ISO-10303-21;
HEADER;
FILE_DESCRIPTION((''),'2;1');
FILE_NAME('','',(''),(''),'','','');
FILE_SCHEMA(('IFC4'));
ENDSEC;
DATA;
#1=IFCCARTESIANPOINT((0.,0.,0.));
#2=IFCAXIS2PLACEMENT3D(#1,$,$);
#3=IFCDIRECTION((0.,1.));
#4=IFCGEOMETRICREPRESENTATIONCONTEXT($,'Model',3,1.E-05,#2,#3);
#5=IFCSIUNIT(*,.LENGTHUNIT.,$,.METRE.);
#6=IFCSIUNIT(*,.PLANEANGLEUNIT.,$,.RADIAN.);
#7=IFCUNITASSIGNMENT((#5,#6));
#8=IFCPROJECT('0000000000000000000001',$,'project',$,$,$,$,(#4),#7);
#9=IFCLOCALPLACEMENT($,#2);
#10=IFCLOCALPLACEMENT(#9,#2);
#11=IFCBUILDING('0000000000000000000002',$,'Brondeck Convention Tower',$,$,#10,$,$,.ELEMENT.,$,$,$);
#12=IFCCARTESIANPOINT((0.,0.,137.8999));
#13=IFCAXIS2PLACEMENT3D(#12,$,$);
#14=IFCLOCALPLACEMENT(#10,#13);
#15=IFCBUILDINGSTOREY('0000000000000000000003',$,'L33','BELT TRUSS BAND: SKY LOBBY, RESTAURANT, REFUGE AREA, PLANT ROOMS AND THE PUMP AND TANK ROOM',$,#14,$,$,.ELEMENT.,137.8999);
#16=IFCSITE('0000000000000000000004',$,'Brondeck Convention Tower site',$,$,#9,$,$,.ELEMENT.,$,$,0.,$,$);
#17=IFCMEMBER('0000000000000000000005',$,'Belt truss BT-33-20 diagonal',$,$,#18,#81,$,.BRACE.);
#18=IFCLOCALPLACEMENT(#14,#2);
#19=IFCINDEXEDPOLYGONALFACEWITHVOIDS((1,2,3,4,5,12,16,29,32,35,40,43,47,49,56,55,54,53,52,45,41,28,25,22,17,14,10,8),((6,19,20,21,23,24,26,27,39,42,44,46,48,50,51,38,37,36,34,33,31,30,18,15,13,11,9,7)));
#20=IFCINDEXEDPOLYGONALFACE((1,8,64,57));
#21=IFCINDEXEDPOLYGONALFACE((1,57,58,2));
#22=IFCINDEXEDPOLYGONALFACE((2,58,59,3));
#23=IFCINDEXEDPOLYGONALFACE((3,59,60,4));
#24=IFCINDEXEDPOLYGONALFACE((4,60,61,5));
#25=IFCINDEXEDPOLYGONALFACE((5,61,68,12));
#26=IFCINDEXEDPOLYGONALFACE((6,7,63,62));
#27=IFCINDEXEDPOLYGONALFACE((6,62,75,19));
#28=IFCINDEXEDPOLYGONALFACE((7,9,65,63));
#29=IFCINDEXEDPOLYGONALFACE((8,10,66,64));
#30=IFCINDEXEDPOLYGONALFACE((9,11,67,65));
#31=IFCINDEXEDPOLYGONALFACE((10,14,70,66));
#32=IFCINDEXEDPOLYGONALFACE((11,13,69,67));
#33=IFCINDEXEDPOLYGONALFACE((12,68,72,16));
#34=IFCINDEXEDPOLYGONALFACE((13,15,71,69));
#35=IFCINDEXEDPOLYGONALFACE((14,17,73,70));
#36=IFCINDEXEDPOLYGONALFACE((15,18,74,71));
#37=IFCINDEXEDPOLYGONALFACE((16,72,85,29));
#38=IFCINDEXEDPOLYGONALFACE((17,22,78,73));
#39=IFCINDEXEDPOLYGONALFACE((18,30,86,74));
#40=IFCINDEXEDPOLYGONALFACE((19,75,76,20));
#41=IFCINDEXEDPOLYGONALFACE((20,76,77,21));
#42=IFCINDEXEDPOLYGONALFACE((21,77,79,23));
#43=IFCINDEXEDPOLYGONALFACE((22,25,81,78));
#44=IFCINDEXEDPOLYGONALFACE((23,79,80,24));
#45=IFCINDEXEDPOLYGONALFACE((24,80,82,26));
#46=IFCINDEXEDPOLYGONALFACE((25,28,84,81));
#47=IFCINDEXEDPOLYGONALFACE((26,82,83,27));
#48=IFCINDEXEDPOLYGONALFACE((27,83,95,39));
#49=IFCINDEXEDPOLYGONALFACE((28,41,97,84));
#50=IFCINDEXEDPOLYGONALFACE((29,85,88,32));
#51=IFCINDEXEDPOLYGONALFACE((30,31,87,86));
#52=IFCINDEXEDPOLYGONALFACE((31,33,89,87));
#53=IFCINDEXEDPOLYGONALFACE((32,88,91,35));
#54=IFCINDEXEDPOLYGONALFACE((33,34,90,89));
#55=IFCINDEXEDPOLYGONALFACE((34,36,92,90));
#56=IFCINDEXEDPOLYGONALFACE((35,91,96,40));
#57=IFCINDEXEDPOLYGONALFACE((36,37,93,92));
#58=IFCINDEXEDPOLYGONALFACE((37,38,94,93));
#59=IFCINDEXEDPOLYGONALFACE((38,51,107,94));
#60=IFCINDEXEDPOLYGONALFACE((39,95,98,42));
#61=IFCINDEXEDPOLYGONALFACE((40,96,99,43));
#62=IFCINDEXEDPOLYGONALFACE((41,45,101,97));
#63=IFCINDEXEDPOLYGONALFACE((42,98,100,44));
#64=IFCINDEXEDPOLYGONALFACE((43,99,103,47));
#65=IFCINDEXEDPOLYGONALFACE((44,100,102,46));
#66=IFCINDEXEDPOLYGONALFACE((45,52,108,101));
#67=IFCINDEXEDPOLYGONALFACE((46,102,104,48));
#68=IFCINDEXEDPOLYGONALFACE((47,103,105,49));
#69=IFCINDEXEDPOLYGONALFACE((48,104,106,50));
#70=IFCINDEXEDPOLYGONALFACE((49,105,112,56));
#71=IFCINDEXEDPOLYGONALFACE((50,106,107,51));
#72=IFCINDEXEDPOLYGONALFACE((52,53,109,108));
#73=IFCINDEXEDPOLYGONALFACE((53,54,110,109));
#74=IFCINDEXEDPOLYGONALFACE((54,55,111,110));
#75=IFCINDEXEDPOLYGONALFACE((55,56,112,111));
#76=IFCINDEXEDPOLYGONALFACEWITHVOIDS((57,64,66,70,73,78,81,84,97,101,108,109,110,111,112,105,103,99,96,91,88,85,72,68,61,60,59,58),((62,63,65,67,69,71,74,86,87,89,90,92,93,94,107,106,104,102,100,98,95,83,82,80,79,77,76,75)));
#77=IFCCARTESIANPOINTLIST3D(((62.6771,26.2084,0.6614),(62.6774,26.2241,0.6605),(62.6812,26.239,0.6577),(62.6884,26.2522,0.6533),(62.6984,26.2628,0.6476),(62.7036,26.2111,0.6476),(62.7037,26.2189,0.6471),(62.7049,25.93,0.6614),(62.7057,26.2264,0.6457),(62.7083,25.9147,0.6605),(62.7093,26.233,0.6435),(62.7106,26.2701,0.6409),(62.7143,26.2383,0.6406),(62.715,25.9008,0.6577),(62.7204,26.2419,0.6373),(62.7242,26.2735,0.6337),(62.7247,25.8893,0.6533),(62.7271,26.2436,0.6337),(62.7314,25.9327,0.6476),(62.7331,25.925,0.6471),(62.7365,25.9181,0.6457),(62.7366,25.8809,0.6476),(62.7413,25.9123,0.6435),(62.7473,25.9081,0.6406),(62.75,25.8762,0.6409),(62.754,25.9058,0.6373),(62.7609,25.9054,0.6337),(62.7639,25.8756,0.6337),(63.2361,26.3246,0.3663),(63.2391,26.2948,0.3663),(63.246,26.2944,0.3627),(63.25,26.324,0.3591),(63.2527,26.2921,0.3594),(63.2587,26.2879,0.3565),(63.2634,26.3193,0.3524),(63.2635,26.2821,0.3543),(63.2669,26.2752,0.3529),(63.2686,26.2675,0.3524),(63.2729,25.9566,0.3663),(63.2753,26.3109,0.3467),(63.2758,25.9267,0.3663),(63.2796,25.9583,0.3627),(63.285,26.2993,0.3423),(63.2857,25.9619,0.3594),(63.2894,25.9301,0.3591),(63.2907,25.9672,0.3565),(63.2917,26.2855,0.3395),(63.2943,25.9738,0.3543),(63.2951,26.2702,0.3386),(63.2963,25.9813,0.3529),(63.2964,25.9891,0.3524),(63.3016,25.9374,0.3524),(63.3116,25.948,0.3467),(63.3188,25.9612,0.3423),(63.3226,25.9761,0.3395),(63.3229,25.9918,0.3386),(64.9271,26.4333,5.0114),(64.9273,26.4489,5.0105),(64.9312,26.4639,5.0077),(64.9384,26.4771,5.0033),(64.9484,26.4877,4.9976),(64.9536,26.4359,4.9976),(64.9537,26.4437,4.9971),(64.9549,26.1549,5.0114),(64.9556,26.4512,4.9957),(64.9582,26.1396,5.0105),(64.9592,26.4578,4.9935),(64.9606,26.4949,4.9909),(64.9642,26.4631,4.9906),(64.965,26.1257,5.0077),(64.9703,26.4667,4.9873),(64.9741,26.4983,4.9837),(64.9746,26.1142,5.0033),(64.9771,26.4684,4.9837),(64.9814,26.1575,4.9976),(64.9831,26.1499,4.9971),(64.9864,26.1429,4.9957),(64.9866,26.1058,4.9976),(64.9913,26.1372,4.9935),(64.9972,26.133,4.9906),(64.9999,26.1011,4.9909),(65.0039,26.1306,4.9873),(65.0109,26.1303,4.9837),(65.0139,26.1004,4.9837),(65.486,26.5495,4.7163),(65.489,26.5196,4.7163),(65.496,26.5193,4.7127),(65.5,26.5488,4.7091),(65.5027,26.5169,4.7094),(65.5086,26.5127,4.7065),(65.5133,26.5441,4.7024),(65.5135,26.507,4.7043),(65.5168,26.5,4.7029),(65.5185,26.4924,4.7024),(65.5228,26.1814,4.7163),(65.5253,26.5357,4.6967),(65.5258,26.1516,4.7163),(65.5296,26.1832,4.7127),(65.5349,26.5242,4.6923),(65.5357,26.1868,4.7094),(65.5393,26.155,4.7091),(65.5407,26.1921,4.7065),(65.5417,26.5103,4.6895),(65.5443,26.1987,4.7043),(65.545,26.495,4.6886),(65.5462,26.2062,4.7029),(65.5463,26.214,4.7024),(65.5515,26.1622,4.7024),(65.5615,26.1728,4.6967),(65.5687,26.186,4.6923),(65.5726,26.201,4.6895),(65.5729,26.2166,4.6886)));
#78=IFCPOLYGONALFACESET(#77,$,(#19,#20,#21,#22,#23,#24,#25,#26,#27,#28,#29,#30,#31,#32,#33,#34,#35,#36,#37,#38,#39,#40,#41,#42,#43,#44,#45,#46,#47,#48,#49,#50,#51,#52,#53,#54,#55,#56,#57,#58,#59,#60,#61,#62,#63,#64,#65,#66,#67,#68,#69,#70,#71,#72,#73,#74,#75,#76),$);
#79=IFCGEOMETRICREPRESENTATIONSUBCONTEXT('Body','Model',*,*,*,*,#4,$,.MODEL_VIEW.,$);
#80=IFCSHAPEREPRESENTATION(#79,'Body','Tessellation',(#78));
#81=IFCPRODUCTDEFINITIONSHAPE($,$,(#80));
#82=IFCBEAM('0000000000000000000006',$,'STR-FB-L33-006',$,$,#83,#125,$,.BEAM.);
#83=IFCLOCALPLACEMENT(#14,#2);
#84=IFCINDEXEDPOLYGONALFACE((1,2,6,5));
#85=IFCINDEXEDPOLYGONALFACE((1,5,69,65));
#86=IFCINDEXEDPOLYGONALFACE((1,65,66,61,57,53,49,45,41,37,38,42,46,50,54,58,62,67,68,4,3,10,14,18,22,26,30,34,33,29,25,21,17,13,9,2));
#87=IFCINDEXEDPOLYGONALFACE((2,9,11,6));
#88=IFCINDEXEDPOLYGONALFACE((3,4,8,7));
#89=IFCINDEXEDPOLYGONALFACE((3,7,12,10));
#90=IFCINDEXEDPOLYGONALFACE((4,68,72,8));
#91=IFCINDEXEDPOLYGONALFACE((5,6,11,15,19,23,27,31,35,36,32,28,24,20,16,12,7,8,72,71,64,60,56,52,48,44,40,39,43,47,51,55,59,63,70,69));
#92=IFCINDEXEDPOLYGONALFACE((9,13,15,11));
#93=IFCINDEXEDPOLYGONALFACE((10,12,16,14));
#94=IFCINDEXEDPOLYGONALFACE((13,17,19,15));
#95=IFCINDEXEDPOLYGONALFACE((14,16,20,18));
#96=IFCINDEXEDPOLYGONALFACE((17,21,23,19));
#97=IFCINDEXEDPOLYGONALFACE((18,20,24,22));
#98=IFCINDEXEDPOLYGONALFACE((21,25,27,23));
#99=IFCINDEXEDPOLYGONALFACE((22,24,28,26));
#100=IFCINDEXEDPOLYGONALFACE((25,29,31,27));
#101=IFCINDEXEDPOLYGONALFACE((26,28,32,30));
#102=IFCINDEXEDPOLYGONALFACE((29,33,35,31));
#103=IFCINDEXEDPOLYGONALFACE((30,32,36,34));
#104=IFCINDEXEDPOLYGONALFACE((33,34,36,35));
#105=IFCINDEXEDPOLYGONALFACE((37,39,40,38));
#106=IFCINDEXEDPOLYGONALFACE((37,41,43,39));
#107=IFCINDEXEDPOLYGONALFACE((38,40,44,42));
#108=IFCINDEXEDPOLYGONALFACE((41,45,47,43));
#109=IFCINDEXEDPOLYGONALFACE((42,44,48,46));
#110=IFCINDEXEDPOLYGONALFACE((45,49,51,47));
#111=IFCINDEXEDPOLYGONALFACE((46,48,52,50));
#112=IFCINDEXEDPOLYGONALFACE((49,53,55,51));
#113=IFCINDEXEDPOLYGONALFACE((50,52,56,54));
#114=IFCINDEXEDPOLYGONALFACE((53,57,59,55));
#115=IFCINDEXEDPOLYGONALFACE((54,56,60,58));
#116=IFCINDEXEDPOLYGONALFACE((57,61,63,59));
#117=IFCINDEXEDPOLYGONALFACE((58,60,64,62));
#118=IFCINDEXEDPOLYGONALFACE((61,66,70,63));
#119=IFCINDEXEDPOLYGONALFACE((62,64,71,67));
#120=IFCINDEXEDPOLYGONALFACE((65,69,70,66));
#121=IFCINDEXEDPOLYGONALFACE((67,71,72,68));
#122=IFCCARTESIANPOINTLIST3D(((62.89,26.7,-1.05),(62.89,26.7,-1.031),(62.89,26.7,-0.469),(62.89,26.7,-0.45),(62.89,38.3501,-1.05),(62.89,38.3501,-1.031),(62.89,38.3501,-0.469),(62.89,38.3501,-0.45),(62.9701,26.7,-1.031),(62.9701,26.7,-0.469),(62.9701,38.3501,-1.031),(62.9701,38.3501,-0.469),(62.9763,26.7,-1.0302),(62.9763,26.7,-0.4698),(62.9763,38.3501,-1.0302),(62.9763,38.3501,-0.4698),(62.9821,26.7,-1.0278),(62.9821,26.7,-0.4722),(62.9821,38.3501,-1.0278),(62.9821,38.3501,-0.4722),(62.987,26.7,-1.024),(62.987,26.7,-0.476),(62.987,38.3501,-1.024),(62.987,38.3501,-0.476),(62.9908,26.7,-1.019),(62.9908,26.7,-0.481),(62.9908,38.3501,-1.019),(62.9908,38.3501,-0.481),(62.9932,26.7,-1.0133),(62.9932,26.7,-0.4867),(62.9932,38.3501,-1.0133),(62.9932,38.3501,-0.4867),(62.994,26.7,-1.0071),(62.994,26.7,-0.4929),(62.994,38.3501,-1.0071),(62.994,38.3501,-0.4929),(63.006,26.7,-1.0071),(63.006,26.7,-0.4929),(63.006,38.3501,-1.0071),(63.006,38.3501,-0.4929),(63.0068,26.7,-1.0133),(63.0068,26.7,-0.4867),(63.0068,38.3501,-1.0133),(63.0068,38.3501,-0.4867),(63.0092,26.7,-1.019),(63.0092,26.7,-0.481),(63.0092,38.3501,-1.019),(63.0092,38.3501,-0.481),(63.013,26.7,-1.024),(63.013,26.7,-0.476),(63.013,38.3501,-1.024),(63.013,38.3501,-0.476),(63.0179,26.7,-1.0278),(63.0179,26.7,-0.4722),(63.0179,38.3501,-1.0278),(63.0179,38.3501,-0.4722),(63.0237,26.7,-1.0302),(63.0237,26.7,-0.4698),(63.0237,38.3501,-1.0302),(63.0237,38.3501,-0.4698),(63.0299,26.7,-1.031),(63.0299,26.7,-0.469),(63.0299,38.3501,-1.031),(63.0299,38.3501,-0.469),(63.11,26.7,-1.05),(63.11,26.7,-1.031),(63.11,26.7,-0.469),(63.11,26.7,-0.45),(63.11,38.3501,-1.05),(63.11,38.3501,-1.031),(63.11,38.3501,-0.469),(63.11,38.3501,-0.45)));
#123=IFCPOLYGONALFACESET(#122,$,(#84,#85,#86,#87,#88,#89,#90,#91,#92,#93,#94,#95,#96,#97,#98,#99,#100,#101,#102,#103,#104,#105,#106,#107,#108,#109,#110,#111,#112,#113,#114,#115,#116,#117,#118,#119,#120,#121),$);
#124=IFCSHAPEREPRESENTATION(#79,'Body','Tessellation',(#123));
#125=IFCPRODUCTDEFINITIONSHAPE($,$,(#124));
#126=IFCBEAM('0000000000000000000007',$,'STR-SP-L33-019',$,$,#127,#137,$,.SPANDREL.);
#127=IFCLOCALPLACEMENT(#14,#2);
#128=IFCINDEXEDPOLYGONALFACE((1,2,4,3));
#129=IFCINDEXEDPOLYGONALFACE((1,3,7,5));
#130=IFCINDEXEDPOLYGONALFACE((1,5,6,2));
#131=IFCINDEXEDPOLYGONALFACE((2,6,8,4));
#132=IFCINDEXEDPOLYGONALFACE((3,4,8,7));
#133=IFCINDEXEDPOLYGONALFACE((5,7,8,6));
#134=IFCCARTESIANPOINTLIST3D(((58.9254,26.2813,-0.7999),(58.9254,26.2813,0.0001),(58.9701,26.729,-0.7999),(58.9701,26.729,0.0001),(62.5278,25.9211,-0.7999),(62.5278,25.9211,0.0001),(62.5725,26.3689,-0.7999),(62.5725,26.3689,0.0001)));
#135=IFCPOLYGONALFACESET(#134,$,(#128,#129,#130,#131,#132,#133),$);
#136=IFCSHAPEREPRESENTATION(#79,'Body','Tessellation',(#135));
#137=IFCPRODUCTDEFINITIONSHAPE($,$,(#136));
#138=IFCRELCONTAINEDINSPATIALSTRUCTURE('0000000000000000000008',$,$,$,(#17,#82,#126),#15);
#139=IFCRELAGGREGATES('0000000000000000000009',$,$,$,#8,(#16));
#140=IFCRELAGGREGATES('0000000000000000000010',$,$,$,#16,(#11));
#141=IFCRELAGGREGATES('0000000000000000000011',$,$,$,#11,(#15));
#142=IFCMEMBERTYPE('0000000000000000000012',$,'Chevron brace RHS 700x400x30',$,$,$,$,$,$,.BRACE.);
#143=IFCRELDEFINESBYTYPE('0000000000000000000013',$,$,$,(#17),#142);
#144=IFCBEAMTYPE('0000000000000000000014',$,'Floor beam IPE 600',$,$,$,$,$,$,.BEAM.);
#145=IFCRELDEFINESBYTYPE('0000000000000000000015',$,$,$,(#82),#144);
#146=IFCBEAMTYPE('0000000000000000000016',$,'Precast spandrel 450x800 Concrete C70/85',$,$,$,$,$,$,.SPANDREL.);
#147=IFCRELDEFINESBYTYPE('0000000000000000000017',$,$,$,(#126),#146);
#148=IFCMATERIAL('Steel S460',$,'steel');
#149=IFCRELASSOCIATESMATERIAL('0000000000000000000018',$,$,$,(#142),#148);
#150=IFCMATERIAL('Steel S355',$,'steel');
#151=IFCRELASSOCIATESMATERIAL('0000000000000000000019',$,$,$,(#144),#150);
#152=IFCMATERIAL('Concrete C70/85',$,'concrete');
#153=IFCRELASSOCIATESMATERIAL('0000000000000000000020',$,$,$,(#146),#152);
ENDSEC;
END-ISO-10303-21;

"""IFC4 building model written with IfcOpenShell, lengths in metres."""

from ifc_helpers import new_model, si_unit, direction, frame, origin, origin_2d, place, context, subcontext, project, spatial, rectangle, hollow_rectangle, i_section, extrude, material, material_profile, profile_set, type_object, element, save


model = new_model("IFC4")

# Units and contexts
model_context = context("Model", 3, precision=1e-05, world=origin(), true_north=direction((0.0, 1.0)))
body_context = subcontext(model_context, "Body", "Model", "MODEL_VIEW")
ifc_project = project(units=[si_unit("LENGTHUNIT", "METRE"), si_unit("PLANEANGLEUNIT", "RADIAN")], contexts=[model_context])

# Site, building, storey
site_placement = place(None, origin())
site = spatial("IfcSite", under=ifc_project, at=site_placement, Name="Brondeck Convention Tower site", CompositionType="ELEMENT", RefElevation=0.0)
building_placement = place(site_placement, origin())
building = spatial("IfcBuilding", under=site, at=building_placement, Name="Brondeck Convention Tower", CompositionType="ELEMENT")
storey_placement = place(building_placement, frame((0.0, 0.0, 137.8999)))
storey = spatial("IfcBuildingStorey", under=building, at=storey_placement, Name="L33", Description="BELT TRUSS BAND: SKY LOBBY, RESTAURANT, REFUGE AREA, PLANT ROOMS AND THE PUMP AND TANK ROOM", CompositionType="ELEMENT", Elevation=137.8999)

# Shared definitions
ifc_material_1 = material(Name="Concrete C70/85", Category="concrete")

# Member
ifc_material_2 = material(Name="Steel S460", Category="steel")
ifc_material_profile_1 = material_profile(ifc_material_2, hollow_rectangle(XDim=0.3999, YDim=0.7, WallThickness=0.03, InnerFilletRadius=0.03, OuterFilletRadius=0.0601, at=origin_2d()), Name="RHS 700x400x30")
ifc_profile_set_1 = profile_set([ifc_material_profile_1], Name="Steel S460")
member_type_1 = type_object("IfcMemberType", Name="Chevron brace RHS 700x400x30", PredefinedType="BRACE", material=ifc_profile_set_1)
for number, where, z_axis, x_axis, name in (
    (1, (63.0, 26.1001, 0.5), (0.458931, 0.045863, 0.887287), (-0.09944, 0.995044, 0.0), "Belt truss BT-33-20 diagonal"),
):
    element("IfcMember", number, at=place(storey_placement, frame(where, z_axis=z_axis, x_axis=x_axis)), inside=storey, type_object=member_type_1, Name=name, PredefinedType="BRACE", context=body_context, shape_type="SweptSolid", body=[
        extrude(hollow_rectangle(XDim=0.3999, YDim=0.7, WallThickness=0.03, InnerFilletRadius=0.03, OuterFilletRadius=0.0601, at=origin_2d()), origin(), (0.0, 0.0, 1.0), 4.9026),
    ])

# Beams
ifc_material_3 = material(Name="Steel S355", Category="steel")
ifc_material_profile_2 = material_profile(ifc_material_3, i_section(OverallWidth=0.22, OverallDepth=0.6001, WebThickness=0.012, FlangeThickness=0.019, FilletRadius=0.0239, at=origin_2d()), Name="IPE 600")
ifc_profile_set_2 = profile_set([ifc_material_profile_2], Name="Steel S355")
beam_type_1 = type_object("IfcBeamType", Name="Floor beam IPE 600", PredefinedType="BEAM", material=ifc_profile_set_2)
beam_1_placement = place(storey_placement, frame((63.0, 26.7, -0.75), z_axis=(0.0, 1.0, 0.0), x_axis=(-1.0, 0.0, 0.0)))
element("IfcBeam", 2, at=beam_1_placement, inside=storey, type_object=beam_type_1, Name="STR-FB-L33-006", PredefinedType="BEAM", context=body_context, shape_type="SweptSolid", body=[
    extrude(i_section(OverallWidth=0.22, OverallDepth=0.6001, WebThickness=0.012, FlangeThickness=0.019, FilletRadius=0.0239, at=origin_2d()), origin(), (0.0, 0.0, 1.0), 11.6501),
])
ifc_material_profile_3 = material_profile(ifc_material_1, rectangle(XDim=0.45, YDim=0.8, at=origin_2d()), Name="Precast spandrel 450x800 Concrete C70/85")
ifc_profile_set_3 = profile_set([ifc_material_profile_3], Name="Concrete C70/85")
beam_type_2 = type_object("IfcBeamType", Name="Precast spandrel 450x800 Concrete C70/85", PredefinedType="SPANDREL", material=ifc_profile_set_3)
beam_2_placement = place(storey_placement, frame((58.9478, 26.5051, -0.3999), z_axis=(0.995041, -0.09947, 0.0), x_axis=(0.09947, 0.995041, 0.0)))
element("IfcBeam", 3, at=beam_2_placement, inside=storey, type_object=beam_type_2, Name="STR-SP-L33-019", PredefinedType="SPANDREL", context=body_context, shape_type="SweptSolid", body=[
    extrude(rectangle(XDim=0.45, YDim=0.8, at=origin_2d()), origin(), (0.0, 0.0, 1.0), 3.6204),
])

save(model, "model.ifc")
